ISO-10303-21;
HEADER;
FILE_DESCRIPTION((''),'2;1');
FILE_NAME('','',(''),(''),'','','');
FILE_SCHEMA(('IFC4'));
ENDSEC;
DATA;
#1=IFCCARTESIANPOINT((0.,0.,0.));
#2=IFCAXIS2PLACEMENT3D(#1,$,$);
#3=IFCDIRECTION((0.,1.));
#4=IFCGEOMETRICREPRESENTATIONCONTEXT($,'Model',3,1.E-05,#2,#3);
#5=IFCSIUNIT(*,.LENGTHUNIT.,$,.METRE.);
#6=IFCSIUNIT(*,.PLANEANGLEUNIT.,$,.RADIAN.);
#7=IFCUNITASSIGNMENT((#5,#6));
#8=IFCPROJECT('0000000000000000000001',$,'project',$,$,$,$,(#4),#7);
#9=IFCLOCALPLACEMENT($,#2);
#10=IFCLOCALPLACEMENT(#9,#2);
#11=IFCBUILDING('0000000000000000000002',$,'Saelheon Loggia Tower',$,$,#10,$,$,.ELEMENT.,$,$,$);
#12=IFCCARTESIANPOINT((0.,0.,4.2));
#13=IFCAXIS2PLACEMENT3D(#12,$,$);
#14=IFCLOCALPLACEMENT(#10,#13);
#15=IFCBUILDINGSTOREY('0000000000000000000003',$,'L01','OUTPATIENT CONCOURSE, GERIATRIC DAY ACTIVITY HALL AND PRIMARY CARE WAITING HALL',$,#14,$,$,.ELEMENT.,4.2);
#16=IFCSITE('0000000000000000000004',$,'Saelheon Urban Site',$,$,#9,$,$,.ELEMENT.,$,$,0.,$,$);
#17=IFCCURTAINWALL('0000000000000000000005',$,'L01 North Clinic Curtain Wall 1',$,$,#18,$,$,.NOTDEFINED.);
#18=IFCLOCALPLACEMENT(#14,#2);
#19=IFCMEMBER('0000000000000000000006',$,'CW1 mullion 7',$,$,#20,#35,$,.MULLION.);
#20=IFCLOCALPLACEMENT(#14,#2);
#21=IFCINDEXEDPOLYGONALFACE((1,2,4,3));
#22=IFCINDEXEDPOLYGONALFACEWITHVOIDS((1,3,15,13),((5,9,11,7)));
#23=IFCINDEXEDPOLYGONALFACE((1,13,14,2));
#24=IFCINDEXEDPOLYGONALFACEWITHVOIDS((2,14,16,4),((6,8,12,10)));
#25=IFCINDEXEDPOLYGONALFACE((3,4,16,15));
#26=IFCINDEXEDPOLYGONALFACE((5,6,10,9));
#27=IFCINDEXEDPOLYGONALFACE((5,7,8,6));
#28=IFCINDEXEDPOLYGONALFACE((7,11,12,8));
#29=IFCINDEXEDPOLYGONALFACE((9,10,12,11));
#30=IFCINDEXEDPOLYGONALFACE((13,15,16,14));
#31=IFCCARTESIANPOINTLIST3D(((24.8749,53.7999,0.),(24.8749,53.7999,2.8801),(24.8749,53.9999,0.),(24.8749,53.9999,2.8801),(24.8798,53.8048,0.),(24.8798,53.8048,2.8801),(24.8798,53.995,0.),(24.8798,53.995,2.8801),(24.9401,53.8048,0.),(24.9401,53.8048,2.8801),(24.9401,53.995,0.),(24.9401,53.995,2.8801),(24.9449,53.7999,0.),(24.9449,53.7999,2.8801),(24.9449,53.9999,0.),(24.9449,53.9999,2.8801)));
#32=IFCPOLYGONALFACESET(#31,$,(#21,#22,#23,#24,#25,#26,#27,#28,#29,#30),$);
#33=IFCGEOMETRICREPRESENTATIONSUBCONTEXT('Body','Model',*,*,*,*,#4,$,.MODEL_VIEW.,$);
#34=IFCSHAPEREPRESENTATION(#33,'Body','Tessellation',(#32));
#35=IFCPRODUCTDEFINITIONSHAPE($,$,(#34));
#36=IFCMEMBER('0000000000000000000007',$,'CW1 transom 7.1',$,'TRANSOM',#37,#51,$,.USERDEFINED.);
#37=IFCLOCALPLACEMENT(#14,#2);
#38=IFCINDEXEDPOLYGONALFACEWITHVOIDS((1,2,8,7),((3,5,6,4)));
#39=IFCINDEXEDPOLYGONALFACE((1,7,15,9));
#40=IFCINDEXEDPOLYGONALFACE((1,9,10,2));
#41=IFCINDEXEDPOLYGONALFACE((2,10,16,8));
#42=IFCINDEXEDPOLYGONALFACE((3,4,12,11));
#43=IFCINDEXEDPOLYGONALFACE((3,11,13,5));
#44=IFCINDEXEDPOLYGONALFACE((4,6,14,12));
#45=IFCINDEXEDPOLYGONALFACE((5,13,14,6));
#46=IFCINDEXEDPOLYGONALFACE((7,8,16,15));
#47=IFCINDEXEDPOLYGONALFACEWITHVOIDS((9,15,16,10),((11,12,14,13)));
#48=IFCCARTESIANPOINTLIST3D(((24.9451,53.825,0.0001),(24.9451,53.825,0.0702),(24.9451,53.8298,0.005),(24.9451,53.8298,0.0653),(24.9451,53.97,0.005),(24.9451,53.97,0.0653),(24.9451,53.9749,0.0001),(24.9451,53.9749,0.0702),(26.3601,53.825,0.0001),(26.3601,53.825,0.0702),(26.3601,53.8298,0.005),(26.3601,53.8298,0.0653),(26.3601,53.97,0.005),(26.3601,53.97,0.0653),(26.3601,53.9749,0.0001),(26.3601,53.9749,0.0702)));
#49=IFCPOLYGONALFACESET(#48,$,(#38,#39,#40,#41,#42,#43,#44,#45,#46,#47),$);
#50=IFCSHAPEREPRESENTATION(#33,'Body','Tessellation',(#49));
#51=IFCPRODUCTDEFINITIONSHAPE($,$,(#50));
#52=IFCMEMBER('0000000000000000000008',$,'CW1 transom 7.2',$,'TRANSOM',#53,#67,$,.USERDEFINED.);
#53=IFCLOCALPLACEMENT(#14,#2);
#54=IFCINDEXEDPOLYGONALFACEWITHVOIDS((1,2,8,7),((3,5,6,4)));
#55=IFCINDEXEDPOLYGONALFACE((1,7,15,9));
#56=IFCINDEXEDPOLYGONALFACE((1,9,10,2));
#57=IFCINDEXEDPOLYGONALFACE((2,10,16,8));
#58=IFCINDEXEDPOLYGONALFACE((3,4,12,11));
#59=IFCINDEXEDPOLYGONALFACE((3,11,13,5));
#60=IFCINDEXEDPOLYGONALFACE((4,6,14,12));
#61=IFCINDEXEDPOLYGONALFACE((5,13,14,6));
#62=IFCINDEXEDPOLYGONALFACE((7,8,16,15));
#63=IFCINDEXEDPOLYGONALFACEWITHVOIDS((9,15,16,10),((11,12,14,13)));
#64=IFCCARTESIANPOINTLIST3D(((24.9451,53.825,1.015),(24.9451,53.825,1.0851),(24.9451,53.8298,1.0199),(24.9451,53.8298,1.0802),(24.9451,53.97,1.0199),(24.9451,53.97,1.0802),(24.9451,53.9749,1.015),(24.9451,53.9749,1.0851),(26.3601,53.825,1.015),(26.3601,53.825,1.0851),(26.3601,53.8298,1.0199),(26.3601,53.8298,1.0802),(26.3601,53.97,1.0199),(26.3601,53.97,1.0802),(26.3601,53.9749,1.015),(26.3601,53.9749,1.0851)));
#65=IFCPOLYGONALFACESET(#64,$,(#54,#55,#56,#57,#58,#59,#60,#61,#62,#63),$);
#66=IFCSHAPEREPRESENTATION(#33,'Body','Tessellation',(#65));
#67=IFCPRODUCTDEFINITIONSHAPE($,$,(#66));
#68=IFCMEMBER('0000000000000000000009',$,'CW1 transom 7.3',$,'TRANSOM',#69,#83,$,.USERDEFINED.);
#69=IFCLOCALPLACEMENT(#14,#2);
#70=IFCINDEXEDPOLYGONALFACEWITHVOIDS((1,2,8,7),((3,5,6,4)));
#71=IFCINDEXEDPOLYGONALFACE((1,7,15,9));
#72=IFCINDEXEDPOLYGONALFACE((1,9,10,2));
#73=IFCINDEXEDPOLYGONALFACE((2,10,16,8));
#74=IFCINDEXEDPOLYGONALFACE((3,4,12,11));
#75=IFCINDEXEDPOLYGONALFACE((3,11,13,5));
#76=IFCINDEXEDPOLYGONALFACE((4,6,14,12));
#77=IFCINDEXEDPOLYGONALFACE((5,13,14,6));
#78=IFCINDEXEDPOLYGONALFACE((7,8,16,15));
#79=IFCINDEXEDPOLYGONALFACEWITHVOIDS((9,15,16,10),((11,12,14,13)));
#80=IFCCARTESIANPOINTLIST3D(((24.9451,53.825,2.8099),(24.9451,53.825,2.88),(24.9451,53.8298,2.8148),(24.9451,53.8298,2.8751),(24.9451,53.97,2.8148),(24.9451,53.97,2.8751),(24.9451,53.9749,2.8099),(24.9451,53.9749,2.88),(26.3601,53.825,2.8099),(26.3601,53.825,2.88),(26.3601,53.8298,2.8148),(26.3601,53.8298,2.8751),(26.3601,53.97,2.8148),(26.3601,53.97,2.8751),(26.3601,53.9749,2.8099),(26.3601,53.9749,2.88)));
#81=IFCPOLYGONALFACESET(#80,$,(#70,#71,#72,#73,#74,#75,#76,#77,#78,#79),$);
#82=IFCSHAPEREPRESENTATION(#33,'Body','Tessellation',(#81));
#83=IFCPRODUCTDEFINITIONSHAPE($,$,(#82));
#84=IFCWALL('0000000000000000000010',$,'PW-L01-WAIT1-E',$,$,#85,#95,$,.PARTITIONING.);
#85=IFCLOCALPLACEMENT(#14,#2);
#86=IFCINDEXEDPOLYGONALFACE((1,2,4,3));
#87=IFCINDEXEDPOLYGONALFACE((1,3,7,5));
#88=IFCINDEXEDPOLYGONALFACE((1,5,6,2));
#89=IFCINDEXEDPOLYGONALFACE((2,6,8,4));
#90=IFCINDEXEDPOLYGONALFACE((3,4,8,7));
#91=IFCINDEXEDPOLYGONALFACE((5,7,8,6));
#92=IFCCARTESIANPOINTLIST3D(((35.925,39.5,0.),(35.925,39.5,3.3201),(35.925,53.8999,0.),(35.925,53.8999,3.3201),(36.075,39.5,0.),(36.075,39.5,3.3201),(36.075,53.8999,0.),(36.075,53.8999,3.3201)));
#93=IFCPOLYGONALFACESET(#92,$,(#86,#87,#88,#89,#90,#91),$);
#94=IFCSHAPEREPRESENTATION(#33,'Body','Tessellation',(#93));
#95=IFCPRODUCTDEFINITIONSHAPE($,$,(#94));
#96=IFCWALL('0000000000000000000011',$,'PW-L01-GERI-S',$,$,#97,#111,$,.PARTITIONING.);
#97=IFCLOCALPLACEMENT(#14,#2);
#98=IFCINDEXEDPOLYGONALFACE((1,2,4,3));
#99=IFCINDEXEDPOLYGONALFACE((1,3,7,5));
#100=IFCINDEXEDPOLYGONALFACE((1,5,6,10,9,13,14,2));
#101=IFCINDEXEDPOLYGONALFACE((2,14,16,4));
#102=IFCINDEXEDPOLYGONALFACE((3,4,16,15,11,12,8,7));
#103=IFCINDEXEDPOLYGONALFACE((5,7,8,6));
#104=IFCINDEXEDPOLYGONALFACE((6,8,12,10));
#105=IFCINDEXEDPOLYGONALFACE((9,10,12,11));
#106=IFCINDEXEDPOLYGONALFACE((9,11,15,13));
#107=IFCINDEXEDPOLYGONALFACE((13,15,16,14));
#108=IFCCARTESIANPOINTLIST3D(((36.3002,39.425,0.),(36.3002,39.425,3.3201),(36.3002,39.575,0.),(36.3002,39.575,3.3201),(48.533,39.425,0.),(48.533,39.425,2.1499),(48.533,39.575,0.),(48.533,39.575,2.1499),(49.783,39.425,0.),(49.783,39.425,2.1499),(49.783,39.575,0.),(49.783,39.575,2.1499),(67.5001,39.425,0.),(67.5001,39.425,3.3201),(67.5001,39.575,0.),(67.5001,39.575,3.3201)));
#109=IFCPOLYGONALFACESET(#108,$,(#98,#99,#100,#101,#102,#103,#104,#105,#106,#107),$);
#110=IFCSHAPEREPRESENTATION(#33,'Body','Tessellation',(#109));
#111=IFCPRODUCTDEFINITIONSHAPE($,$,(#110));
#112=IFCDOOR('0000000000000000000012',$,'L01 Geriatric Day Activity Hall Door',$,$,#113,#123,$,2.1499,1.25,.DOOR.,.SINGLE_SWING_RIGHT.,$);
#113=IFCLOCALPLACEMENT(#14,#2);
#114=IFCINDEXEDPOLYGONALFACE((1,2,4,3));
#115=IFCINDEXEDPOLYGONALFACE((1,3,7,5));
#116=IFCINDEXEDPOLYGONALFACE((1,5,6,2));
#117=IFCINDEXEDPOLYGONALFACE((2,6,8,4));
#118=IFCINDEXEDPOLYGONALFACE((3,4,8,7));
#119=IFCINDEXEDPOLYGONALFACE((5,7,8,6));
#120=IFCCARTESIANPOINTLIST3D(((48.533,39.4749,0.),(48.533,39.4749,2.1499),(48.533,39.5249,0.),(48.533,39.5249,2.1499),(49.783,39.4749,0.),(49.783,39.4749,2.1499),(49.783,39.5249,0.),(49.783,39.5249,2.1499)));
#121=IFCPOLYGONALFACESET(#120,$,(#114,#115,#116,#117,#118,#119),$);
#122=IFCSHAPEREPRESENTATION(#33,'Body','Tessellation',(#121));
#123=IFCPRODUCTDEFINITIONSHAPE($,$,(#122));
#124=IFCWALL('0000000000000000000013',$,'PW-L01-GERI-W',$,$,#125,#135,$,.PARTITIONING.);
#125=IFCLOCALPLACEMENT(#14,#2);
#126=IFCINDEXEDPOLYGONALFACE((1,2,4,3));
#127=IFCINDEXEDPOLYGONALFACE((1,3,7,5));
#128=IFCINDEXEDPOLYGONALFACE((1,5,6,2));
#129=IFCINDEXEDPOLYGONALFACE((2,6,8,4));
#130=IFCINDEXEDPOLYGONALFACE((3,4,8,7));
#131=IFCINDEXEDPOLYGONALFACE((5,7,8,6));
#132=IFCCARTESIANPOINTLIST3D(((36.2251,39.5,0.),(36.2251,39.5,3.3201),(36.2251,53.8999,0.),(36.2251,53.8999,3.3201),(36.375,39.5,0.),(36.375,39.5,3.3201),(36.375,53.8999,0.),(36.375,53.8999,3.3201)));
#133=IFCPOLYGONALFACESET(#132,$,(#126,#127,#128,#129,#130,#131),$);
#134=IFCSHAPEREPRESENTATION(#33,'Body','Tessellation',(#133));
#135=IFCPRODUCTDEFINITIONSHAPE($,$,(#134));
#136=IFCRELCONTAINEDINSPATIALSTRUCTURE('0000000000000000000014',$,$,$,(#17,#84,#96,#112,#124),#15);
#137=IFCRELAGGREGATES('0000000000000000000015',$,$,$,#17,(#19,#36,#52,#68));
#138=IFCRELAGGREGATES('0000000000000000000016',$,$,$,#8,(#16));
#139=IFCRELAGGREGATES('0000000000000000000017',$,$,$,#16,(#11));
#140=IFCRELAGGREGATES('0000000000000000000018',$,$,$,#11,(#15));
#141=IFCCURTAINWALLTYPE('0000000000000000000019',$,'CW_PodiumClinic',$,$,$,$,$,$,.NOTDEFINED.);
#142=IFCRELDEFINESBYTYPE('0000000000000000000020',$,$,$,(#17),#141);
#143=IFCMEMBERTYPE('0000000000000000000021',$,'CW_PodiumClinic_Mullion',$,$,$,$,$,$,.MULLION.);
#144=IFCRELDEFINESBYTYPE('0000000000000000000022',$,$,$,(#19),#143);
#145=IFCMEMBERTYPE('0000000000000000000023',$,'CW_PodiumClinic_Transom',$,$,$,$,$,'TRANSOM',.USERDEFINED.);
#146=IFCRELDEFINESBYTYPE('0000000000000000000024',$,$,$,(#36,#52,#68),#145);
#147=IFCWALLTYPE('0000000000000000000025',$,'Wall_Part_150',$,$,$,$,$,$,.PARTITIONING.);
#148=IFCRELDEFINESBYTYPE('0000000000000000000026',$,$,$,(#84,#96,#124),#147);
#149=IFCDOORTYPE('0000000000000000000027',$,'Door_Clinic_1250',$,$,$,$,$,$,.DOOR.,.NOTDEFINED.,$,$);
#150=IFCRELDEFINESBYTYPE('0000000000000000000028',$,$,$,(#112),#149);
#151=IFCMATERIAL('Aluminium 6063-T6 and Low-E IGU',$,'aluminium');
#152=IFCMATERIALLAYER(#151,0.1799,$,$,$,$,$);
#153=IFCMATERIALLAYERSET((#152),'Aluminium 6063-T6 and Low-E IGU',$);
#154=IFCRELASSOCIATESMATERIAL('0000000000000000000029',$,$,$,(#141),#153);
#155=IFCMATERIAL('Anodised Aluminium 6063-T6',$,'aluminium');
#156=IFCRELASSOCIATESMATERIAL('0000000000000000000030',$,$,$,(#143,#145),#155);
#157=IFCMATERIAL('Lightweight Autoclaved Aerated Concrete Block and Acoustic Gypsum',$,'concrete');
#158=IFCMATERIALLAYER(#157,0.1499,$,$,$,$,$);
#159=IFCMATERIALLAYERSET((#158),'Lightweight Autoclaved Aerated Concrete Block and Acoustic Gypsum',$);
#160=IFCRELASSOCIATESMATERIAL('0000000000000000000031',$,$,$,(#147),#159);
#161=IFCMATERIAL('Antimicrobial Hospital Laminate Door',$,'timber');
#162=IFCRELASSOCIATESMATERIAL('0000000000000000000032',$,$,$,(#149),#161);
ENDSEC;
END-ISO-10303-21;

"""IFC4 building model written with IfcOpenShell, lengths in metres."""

from ifc_helpers import new_model, si_unit, direction, frame, frame_2d, origin, origin_2d, place, context, subcontext, project, spatial, rectangle, hollow_rectangle, extrude, source, transform, mapped, material, layer, layer_set, material_profile, profile_set, type_object, element, fill, aggregate, save


model = new_model("IFC4")

# Units and contexts
model_context = context("Model", 3, precision=1e-05, world=origin(), true_north=direction((0.0, 1.0)))
body_context = subcontext(model_context, "Body", "Model", "MODEL_VIEW")
ifc_project = project(units=[si_unit("LENGTHUNIT", "METRE"), si_unit("PLANEANGLEUNIT", "RADIAN")], contexts=[model_context])

# Site, building, storey
site_placement = place(None, origin())
site = spatial("IfcSite", under=ifc_project, at=site_placement, Name="Saelheon Urban Site", CompositionType="ELEMENT", RefElevation=0.0)
building_placement = place(site_placement, origin())
building = spatial("IfcBuilding", under=site, at=building_placement, Name="Saelheon Loggia Tower", CompositionType="ELEMENT")
storey_placement = place(building_placement, frame((0.0, 0.0, 4.2)))
storey = spatial("IfcBuildingStorey", under=building, at=storey_placement, Name="L01", Description="OUTPATIENT CONCOURSE, GERIATRIC DAY ACTIVITY HALL AND PRIMARY CARE WAITING HALL", CompositionType="ELEMENT", Elevation=4.2)

# Curtain wall, members
ifc_material_1 = material(Name="Aluminium 6063-T6 and Low-E IGU", Category="aluminium")
ifc_layer_1 = layer(ifc_material_1, 0.1799)
ifc_layer_set_1 = layer_set([ifc_layer_1], Name="Aluminium 6063-T6 and Low-E IGU")
curtain_wall_type = type_object("IfcCurtainWallType", Name="CW_PodiumClinic", PredefinedType="NOTDEFINED", material=ifc_layer_set_1)
curtain_wall_placement = place(storey_placement, origin())
curtain_wall = element("IfcCurtainWall", 1, at=curtain_wall_placement, inside=storey, type_object=curtain_wall_type, Name="L01 North Clinic Curtain Wall 1", PredefinedType="NOTDEFINED")
ifc_material_2 = material(Name="Anodised Aluminium 6063-T6", Category="aluminium")
ifc_material_profile_1 = material_profile(ifc_material_2, hollow_rectangle(XDim=0.0701, YDim=0.2, WallThickness=0.0049, at=origin_2d()), Name="RHS-200x70x5")
ifc_profile_set_1 = profile_set([ifc_material_profile_1], Name="Anodised Aluminium 6063-T6")
member_type_1 = type_object("IfcMemberType", Name="CW_PodiumClinic_Mullion", PredefinedType="MULLION", material=ifc_profile_set_1)
shared_shape_1 = source(origin(), body_context, "Body", "SweptSolid", [
    extrude(hollow_rectangle(XDim=0.0701, YDim=0.2, WallThickness=0.0049, at=origin_2d()), origin(), (0.0, 0.0, 1.0), 2.8801),
])
member_1_placement = place(storey_placement, frame((24.9099, 53.8999, 0.0), z_axis=(0.0, 0.0, 1.0), x_axis=(1.0, 0.0, 0.0)))
member_1 = element("IfcMember", 2, at=member_1_placement, type_object=member_type_1, Name="CW1 mullion 7", PredefinedType="MULLION", context=body_context, shape_type="MappedRepresentation", body=[
    mapped(shared_shape_1, transform((0.0, 0.0, 0.0), scale=1.0)),
])
ifc_material_profile_2 = material_profile(ifc_material_2, hollow_rectangle(XDim=0.0701, YDim=0.1499, WallThickness=0.0049, at=origin_2d()), Name="RHS-150x70x5")
ifc_profile_set_2 = profile_set([ifc_material_profile_2], Name="Anodised Aluminium 6063-T6")
member_type_2 = type_object("IfcMemberType", Name="CW_PodiumClinic_Transom", ElementType="TRANSOM", PredefinedType="USERDEFINED", material=ifc_profile_set_2)
shared_shape_2 = source(origin(), body_context, "Body", "SweptSolid", [
    extrude(hollow_rectangle(XDim=0.0701, YDim=0.1499, WallThickness=0.0049, at=origin_2d()), origin(), (0.0, 0.0, 1.0), 1.415),
])
member_2_placement = place(storey_placement, frame((24.9451, 53.8999, 0.0352), z_axis=(1.0, 0.0, 0.0), x_axis=(0.0, 0.0, 1.0)))
member_2 = element("IfcMember", 3, at=member_2_placement, type_object=member_type_2, Name="CW1 transom 7.1", ObjectType="TRANSOM", PredefinedType="USERDEFINED", context=body_context, shape_type="MappedRepresentation", body=[
    mapped(shared_shape_2, transform((0.0, 0.0, 0.0), scale=1.0)),
])
member_3_placement = place(storey_placement, frame((24.9451, 53.8999, 1.05), z_axis=(1.0, 0.0, 0.0), x_axis=(0.0, 0.0, 1.0)))
member_3 = element("IfcMember", 4, at=member_3_placement, type_object=member_type_2, Name="CW1 transom 7.2", ObjectType="TRANSOM", PredefinedType="USERDEFINED", context=body_context, shape_type="MappedRepresentation", body=[
    mapped(shared_shape_2, transform((0.0, 0.0, 0.0), scale=1.0)),
])
member_4_placement = place(storey_placement, frame((24.9451, 53.8999, 2.845), z_axis=(1.0, 0.0, 0.0), x_axis=(0.0, 0.0, 1.0)))
member_4 = element("IfcMember", 5, at=member_4_placement, type_object=member_type_2, Name="CW1 transom 7.3", ObjectType="TRANSOM", PredefinedType="USERDEFINED", context=body_context, shape_type="MappedRepresentation", body=[
    mapped(shared_shape_2, transform((0.0, 0.0, 0.0), scale=1.0)),
])
aggregate(curtain_wall, [member_1, member_2, member_3, member_4])

# Wall
ifc_material_3 = material(Name="Lightweight Autoclaved Aerated Concrete Block and Acoustic Gypsum", Category="concrete")
ifc_layer_2 = layer(ifc_material_3, 0.1499)
ifc_layer_set_2 = layer_set([ifc_layer_2], Name="Lightweight Autoclaved Aerated Concrete Block and Acoustic Gypsum")
wall_type = type_object("IfcWallType", Name="Wall_Part_150", PredefinedType="PARTITIONING", material=ifc_layer_set_2)
wall_1_placement = place(storey_placement, frame((36.0, 39.5, 0.0), z_axis=(0.0, 0.0, 1.0), x_axis=(0.0, 1.0, 0.0)))
element("IfcWall", 6, at=wall_1_placement, inside=storey, type_object=wall_type, Name="PW-L01-WAIT1-E", PredefinedType="PARTITIONING", context=body_context, shape_type="SweptSolid", body=[
    extrude(rectangle(XDim=14.3999, YDim=0.1499, at=frame_2d((7.2, 0.0))), origin(), (0.0, 0.0, 1.0), 3.3201),
])

# Wall, opening, door
wall_2_placement = place(storey_placement, frame((36.3, 39.5, 0.0), z_axis=(0.0, 0.0, 1.0), x_axis=(1.0, 0.0, 0.0)))
wall_2 = element("IfcWall", 7, at=wall_2_placement, inside=storey, type_object=wall_type, Name="PW-L01-GERI-S", PredefinedType="PARTITIONING", context=body_context, shape_type="SweptSolid", body=[
    extrude(rectangle(XDim=31.2, YDim=0.1499, at=frame_2d((15.6001, 0.0))), origin(), (0.0, 0.0, 1.0), 3.3201),
])
opening_placement = place(wall_2_placement, frame((12.2329, 0.0, 0.0)))
opening = element("IfcOpeningElement", 8, at=opening_placement, cuts=wall_2, PredefinedType="OPENING", context=body_context, shape_type="SweptSolid", body=[
    extrude(rectangle(XDim=1.25, YDim=2.1499, at=frame_2d((0.625, 1.075))), frame((0.0, 0.0869, 0.0), z_axis=(0.0, -1.0, 0.0), x_axis=(1.0, 0.0, 0.0)), (0.0, 0.0, 1.0), 0.1738),
])
ifc_material_4 = material(Name="Antimicrobial Hospital Laminate Door", Category="timber")
door_type = type_object("IfcDoorType", Name="Door_Clinic_1250", OperationType="NOTDEFINED", PredefinedType="DOOR", material=ifc_material_4)
shared_shape_3 = source(origin(), body_context, "Body", "SweptSolid", [
    extrude(rectangle(XDim=1.25, YDim=2.1499, at=frame_2d((0.625, 1.075))), frame((0.0, 0.0249, 0.0), z_axis=(0.0, -1.0, 0.0), x_axis=(1.0, 0.0, 0.0)), (0.0, 0.0, 1.0), 0.05),
])
door_placement = place(opening_placement, origin())
door = element("IfcDoor", 9, at=door_placement, inside=storey, type_object=door_type, Name="L01 Geriatric Day Activity Hall Door", OperationType="SINGLE_SWING_RIGHT", OverallHeight=2.1499, OverallWidth=1.25, PredefinedType="DOOR", context=body_context, shape_type="MappedRepresentation", body=[
    mapped(shared_shape_3, transform((0.0, 0.0, 0.0), scale=1.0)),
])
fill(opening, door)

# Wall
wall_3_placement = place(storey_placement, frame((36.3, 39.5, 0.0), z_axis=(0.0, 0.0, 1.0), x_axis=(0.0, 1.0, 0.0)))
element("IfcWall", 10, at=wall_3_placement, inside=storey, type_object=wall_type, Name="PW-L01-GERI-W", PredefinedType="PARTITIONING", context=body_context, shape_type="SweptSolid", body=[
    extrude(rectangle(XDim=14.3999, YDim=0.1499, at=frame_2d((7.2, 0.0))), origin(), (0.0, 0.0, 1.0), 3.3201),
])

save(model, "model.ifc")
